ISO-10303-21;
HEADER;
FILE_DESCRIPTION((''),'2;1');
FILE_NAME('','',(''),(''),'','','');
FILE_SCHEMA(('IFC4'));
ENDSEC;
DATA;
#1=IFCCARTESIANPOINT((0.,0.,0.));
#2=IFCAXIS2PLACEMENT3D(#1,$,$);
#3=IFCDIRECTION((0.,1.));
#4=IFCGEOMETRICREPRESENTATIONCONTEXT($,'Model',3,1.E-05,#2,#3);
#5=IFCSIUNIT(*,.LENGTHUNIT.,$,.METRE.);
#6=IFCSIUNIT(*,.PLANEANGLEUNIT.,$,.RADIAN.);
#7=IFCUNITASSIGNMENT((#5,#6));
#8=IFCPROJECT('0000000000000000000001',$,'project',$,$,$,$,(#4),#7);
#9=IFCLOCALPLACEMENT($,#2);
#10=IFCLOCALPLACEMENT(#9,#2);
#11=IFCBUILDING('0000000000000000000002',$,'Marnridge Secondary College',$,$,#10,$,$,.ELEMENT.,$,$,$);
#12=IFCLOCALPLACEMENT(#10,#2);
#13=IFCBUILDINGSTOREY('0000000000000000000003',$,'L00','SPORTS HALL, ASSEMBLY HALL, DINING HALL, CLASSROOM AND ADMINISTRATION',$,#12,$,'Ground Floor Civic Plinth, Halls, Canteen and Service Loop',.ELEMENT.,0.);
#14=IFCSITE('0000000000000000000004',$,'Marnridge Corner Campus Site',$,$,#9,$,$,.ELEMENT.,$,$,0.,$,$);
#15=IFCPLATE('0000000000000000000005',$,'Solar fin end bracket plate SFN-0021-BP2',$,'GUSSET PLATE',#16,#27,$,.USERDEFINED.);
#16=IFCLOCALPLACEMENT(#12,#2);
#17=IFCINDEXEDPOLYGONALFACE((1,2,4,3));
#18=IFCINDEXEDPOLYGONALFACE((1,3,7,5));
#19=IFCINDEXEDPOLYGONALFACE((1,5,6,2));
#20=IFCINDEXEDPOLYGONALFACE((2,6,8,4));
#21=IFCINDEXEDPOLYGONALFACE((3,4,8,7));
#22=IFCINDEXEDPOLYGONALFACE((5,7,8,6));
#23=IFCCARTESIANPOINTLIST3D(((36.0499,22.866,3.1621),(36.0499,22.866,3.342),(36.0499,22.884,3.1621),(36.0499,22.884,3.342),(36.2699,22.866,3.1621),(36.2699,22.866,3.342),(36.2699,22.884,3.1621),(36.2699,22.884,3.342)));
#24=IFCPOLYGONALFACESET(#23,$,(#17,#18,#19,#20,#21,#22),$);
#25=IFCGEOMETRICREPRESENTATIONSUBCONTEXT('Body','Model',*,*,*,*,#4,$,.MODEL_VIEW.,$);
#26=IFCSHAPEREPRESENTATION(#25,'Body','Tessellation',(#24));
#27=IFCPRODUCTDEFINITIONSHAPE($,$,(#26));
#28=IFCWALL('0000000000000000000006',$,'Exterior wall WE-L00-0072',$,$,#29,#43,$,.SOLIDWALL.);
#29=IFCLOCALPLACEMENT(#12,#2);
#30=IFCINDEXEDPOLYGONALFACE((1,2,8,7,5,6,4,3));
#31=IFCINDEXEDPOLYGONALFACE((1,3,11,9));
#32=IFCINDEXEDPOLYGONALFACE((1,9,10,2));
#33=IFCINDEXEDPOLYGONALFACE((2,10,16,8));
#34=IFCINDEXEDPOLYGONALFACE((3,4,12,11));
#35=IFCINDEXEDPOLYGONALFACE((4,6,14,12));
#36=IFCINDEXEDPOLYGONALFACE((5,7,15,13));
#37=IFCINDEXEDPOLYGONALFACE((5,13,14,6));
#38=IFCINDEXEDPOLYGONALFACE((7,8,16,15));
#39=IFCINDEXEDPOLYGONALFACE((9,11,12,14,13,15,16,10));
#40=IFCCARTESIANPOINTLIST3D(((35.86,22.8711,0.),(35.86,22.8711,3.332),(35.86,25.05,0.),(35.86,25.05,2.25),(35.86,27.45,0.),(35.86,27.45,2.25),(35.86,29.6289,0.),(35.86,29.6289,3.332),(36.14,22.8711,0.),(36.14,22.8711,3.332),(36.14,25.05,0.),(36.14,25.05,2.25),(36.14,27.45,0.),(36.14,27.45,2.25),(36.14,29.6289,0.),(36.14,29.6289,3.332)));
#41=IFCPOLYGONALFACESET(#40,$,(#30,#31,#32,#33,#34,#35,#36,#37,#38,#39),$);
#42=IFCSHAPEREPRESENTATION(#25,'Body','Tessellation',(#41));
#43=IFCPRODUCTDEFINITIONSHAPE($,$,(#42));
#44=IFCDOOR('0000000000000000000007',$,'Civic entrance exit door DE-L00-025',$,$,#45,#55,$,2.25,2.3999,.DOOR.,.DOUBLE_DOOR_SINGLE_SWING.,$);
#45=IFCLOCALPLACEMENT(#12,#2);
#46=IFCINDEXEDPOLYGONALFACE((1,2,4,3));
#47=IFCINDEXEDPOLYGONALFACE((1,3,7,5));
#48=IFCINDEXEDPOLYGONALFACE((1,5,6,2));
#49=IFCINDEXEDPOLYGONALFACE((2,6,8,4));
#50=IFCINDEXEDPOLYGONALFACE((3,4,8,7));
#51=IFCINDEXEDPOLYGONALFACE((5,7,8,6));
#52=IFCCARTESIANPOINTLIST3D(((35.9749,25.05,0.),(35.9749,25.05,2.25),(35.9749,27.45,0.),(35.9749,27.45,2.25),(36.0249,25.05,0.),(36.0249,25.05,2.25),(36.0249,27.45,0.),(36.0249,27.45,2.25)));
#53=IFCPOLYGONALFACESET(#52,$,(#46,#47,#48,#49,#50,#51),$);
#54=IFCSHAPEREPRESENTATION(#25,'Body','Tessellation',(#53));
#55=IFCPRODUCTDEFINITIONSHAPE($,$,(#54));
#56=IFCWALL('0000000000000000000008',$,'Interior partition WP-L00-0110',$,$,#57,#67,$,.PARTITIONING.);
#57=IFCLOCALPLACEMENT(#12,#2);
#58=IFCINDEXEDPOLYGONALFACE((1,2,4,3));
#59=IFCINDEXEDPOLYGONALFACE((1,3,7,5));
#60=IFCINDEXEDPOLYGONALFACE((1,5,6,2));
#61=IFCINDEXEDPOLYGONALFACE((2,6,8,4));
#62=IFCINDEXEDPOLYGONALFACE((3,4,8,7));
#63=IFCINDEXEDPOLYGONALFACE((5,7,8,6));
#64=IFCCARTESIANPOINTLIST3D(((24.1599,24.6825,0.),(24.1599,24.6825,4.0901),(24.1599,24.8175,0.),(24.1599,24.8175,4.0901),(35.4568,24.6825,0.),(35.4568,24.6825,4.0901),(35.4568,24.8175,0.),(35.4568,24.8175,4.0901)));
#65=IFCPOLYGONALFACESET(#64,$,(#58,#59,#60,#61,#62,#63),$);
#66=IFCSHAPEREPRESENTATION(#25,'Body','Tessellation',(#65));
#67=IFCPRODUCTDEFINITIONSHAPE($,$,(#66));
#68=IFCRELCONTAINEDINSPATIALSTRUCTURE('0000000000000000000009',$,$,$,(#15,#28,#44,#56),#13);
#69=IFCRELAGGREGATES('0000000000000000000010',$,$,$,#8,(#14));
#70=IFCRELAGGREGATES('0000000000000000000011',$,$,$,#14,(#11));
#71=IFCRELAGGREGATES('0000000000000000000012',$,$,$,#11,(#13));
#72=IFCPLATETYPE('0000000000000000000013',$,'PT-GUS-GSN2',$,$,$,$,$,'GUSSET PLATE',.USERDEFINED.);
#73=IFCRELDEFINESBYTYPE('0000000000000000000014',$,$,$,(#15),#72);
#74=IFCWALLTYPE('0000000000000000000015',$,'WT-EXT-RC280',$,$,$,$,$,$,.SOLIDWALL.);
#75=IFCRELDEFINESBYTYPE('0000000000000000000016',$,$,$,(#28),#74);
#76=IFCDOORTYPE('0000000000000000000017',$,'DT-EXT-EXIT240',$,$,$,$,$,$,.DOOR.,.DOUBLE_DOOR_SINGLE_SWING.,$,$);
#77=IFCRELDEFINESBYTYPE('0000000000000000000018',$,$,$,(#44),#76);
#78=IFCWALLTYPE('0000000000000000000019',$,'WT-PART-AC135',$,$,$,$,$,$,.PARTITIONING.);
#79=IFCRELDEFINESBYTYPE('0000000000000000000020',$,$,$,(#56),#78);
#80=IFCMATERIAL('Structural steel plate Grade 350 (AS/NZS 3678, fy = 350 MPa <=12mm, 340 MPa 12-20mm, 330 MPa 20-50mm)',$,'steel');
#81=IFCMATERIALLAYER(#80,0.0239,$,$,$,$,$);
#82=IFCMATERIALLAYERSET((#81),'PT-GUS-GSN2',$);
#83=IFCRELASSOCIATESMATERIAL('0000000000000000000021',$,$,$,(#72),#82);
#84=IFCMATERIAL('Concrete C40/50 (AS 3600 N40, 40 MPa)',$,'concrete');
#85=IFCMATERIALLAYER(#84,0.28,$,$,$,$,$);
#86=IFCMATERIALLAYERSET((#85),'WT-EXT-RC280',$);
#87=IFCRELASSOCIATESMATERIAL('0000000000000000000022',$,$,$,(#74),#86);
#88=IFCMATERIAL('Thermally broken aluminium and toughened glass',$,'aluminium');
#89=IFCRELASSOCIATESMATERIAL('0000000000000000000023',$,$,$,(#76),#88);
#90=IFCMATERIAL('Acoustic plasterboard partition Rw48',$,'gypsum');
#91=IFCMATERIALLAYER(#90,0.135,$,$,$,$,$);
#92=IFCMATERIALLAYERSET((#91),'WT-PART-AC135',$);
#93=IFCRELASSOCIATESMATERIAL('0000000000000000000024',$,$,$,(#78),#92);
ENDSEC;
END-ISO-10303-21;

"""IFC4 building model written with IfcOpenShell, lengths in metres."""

from ifc_helpers import new_model, si_unit, direction, frame, frame_2d, origin, origin_2d, place, context, subcontext, project, spatial, rectangle, extrude, material, layer, layer_set, type_object, element, fill, save


model = new_model("IFC4")

# Units and contexts
model_context = context("Model", 3, precision=1e-05, world=origin(), true_north=direction((0.0, 1.0)))
body_context = subcontext(model_context, "Body", "Model", "MODEL_VIEW")
ifc_project = project(units=[si_unit("LENGTHUNIT", "METRE"), si_unit("PLANEANGLEUNIT", "RADIAN")], contexts=[model_context])

# Site, building, storey
site_placement = place(None, origin())
site = spatial("IfcSite", under=ifc_project, at=site_placement, Name="Marnridge Corner Campus Site", CompositionType="ELEMENT", RefElevation=0.0)
building_placement = place(site_placement, origin())
building = spatial("IfcBuilding", under=site, at=building_placement, Name="Marnridge Secondary College", CompositionType="ELEMENT")
storey_placement = place(building_placement, origin())
storey = spatial("IfcBuildingStorey", under=building, at=storey_placement, Name="L00", Description="SPORTS HALL, ASSEMBLY HALL, DINING HALL, CLASSROOM AND ADMINISTRATION", LongName="Ground Floor Civic Plinth, Halls, Canteen and Service Loop", CompositionType="ELEMENT", Elevation=0.0)

# Plate
ifc_material_1 = material(Name="Structural steel plate Grade 350 (AS/NZS 3678, fy = 350 MPa <=12mm, 340 MPa 12-20mm, 330 MPa 20-50mm)", Category="steel")
ifc_layer_1 = layer(ifc_material_1, 0.0239)
ifc_layer_set_1 = layer_set([ifc_layer_1], Name="PT-GUS-GSN2")
plate_type = type_object("IfcPlateType", Name="PT-GUS-GSN2", ElementType="GUSSET PLATE", PredefinedType="USERDEFINED", material=ifc_layer_set_1)
plate_placement = place(storey_placement, frame((36.1599, 22.875, 3.1621), z_axis=(0.0, 0.0, 1.0), x_axis=(1.0, 0.0, 0.0)))
element("IfcPlate", 1, at=plate_placement, inside=storey, type_object=plate_type, Name="Solar fin end bracket plate SFN-0021-BP2", ObjectType="GUSSET PLATE", PredefinedType="USERDEFINED", context=body_context, shape_type="SweptSolid", body=[
    extrude(rectangle(XDim=0.22, YDim=0.0181, at=origin_2d()), origin(), (0.0, 0.0, 1.0), 0.1799),
])

# Wall, opening, door
ifc_material_2 = material(Name="Concrete C40/50 (AS 3600 N40, 40 MPa)", Category="concrete")
ifc_layer_2 = layer(ifc_material_2, 0.28)
ifc_layer_set_2 = layer_set([ifc_layer_2], Name="WT-EXT-RC280")
wall_type_1 = type_object("IfcWallType", Name="WT-EXT-RC280", PredefinedType="SOLIDWALL", material=ifc_layer_set_2)
wall_1_placement = place(storey_placement, frame((36.0, 29.6289, 0.0), z_axis=(0.0, 0.0, 1.0), x_axis=(0.0, -1.0, 0.0)))
wall_1 = element("IfcWall", 2, at=wall_1_placement, inside=storey, type_object=wall_type_1, Name="Exterior wall WE-L00-0072", PredefinedType="SOLIDWALL", context=body_context, shape_type="SweptSolid", body=[
    extrude(rectangle(XDim=6.7578, YDim=0.28, at=frame_2d((3.3789, 0.0))), origin(), (0.0, 0.0, 1.0), 3.332),
])
opening_placement = place(wall_1_placement, frame((2.179, 0.0, 0.0)))
opening = element("IfcOpeningElement", 3, at=opening_placement, cuts=wall_1, PredefinedType="OPENING", context=body_context, shape_type="SweptSolid", body=[
    extrude(rectangle(XDim=2.3999, YDim=2.25, at=frame_2d((1.2, 1.125))), frame((0.0, 0.1499, 0.0), z_axis=(0.0, -1.0, 0.0), x_axis=(1.0, 0.0, 0.0)), (0.0, 0.0, 1.0), 0.3),
])
ifc_material_3 = material(Name="Thermally broken aluminium and toughened glass", Category="aluminium")
door_type = type_object("IfcDoorType", Name="DT-EXT-EXIT240", OperationType="DOUBLE_DOOR_SINGLE_SWING", PredefinedType="DOOR", material=ifc_material_3)
door_placement = place(opening_placement, origin())
door = element("IfcDoor", 4, at=door_placement, inside=storey, type_object=door_type, Name="Civic entrance exit door DE-L00-025", OperationType="DOUBLE_DOOR_SINGLE_SWING", OverallHeight=2.25, OverallWidth=2.3999, PredefinedType="DOOR", context=body_context, shape_type="SweptSolid", body=[
    extrude(rectangle(XDim=2.3999, YDim=2.25, at=frame_2d((1.2, 1.125))), frame((0.0, 0.0249, 0.0), z_axis=(0.0, -1.0, 0.0), x_axis=(1.0, 0.0, 0.0)), (0.0, 0.0, 1.0), 0.05),
])
fill(opening, door)

# Wall
ifc_material_4 = material(Name="Acoustic plasterboard partition Rw48", Category="gypsum")
ifc_layer_3 = layer(ifc_material_4, 0.135)
ifc_layer_set_3 = layer_set([ifc_layer_3], Name="WT-PART-AC135")
wall_type_2 = type_object("IfcWallType", Name="WT-PART-AC135", PredefinedType="PARTITIONING", material=ifc_layer_set_3)
wall_2_placement = place(storey_placement, frame((35.4568, 24.75, 0.0), z_axis=(0.0, 0.0, 1.0), x_axis=(-1.0, 0.0, 0.0)))
element("IfcWall", 5, at=wall_2_placement, inside=storey, type_object=wall_type_2, Name="Interior partition WP-L00-0110", PredefinedType="PARTITIONING", context=body_context, shape_type="SweptSolid", body=[
    extrude(rectangle(XDim=11.2969, YDim=0.135, at=frame_2d((5.6484, 0.0))), origin(), (0.0, 0.0, 1.0), 4.0901),
])

save(model, "model.ifc")
